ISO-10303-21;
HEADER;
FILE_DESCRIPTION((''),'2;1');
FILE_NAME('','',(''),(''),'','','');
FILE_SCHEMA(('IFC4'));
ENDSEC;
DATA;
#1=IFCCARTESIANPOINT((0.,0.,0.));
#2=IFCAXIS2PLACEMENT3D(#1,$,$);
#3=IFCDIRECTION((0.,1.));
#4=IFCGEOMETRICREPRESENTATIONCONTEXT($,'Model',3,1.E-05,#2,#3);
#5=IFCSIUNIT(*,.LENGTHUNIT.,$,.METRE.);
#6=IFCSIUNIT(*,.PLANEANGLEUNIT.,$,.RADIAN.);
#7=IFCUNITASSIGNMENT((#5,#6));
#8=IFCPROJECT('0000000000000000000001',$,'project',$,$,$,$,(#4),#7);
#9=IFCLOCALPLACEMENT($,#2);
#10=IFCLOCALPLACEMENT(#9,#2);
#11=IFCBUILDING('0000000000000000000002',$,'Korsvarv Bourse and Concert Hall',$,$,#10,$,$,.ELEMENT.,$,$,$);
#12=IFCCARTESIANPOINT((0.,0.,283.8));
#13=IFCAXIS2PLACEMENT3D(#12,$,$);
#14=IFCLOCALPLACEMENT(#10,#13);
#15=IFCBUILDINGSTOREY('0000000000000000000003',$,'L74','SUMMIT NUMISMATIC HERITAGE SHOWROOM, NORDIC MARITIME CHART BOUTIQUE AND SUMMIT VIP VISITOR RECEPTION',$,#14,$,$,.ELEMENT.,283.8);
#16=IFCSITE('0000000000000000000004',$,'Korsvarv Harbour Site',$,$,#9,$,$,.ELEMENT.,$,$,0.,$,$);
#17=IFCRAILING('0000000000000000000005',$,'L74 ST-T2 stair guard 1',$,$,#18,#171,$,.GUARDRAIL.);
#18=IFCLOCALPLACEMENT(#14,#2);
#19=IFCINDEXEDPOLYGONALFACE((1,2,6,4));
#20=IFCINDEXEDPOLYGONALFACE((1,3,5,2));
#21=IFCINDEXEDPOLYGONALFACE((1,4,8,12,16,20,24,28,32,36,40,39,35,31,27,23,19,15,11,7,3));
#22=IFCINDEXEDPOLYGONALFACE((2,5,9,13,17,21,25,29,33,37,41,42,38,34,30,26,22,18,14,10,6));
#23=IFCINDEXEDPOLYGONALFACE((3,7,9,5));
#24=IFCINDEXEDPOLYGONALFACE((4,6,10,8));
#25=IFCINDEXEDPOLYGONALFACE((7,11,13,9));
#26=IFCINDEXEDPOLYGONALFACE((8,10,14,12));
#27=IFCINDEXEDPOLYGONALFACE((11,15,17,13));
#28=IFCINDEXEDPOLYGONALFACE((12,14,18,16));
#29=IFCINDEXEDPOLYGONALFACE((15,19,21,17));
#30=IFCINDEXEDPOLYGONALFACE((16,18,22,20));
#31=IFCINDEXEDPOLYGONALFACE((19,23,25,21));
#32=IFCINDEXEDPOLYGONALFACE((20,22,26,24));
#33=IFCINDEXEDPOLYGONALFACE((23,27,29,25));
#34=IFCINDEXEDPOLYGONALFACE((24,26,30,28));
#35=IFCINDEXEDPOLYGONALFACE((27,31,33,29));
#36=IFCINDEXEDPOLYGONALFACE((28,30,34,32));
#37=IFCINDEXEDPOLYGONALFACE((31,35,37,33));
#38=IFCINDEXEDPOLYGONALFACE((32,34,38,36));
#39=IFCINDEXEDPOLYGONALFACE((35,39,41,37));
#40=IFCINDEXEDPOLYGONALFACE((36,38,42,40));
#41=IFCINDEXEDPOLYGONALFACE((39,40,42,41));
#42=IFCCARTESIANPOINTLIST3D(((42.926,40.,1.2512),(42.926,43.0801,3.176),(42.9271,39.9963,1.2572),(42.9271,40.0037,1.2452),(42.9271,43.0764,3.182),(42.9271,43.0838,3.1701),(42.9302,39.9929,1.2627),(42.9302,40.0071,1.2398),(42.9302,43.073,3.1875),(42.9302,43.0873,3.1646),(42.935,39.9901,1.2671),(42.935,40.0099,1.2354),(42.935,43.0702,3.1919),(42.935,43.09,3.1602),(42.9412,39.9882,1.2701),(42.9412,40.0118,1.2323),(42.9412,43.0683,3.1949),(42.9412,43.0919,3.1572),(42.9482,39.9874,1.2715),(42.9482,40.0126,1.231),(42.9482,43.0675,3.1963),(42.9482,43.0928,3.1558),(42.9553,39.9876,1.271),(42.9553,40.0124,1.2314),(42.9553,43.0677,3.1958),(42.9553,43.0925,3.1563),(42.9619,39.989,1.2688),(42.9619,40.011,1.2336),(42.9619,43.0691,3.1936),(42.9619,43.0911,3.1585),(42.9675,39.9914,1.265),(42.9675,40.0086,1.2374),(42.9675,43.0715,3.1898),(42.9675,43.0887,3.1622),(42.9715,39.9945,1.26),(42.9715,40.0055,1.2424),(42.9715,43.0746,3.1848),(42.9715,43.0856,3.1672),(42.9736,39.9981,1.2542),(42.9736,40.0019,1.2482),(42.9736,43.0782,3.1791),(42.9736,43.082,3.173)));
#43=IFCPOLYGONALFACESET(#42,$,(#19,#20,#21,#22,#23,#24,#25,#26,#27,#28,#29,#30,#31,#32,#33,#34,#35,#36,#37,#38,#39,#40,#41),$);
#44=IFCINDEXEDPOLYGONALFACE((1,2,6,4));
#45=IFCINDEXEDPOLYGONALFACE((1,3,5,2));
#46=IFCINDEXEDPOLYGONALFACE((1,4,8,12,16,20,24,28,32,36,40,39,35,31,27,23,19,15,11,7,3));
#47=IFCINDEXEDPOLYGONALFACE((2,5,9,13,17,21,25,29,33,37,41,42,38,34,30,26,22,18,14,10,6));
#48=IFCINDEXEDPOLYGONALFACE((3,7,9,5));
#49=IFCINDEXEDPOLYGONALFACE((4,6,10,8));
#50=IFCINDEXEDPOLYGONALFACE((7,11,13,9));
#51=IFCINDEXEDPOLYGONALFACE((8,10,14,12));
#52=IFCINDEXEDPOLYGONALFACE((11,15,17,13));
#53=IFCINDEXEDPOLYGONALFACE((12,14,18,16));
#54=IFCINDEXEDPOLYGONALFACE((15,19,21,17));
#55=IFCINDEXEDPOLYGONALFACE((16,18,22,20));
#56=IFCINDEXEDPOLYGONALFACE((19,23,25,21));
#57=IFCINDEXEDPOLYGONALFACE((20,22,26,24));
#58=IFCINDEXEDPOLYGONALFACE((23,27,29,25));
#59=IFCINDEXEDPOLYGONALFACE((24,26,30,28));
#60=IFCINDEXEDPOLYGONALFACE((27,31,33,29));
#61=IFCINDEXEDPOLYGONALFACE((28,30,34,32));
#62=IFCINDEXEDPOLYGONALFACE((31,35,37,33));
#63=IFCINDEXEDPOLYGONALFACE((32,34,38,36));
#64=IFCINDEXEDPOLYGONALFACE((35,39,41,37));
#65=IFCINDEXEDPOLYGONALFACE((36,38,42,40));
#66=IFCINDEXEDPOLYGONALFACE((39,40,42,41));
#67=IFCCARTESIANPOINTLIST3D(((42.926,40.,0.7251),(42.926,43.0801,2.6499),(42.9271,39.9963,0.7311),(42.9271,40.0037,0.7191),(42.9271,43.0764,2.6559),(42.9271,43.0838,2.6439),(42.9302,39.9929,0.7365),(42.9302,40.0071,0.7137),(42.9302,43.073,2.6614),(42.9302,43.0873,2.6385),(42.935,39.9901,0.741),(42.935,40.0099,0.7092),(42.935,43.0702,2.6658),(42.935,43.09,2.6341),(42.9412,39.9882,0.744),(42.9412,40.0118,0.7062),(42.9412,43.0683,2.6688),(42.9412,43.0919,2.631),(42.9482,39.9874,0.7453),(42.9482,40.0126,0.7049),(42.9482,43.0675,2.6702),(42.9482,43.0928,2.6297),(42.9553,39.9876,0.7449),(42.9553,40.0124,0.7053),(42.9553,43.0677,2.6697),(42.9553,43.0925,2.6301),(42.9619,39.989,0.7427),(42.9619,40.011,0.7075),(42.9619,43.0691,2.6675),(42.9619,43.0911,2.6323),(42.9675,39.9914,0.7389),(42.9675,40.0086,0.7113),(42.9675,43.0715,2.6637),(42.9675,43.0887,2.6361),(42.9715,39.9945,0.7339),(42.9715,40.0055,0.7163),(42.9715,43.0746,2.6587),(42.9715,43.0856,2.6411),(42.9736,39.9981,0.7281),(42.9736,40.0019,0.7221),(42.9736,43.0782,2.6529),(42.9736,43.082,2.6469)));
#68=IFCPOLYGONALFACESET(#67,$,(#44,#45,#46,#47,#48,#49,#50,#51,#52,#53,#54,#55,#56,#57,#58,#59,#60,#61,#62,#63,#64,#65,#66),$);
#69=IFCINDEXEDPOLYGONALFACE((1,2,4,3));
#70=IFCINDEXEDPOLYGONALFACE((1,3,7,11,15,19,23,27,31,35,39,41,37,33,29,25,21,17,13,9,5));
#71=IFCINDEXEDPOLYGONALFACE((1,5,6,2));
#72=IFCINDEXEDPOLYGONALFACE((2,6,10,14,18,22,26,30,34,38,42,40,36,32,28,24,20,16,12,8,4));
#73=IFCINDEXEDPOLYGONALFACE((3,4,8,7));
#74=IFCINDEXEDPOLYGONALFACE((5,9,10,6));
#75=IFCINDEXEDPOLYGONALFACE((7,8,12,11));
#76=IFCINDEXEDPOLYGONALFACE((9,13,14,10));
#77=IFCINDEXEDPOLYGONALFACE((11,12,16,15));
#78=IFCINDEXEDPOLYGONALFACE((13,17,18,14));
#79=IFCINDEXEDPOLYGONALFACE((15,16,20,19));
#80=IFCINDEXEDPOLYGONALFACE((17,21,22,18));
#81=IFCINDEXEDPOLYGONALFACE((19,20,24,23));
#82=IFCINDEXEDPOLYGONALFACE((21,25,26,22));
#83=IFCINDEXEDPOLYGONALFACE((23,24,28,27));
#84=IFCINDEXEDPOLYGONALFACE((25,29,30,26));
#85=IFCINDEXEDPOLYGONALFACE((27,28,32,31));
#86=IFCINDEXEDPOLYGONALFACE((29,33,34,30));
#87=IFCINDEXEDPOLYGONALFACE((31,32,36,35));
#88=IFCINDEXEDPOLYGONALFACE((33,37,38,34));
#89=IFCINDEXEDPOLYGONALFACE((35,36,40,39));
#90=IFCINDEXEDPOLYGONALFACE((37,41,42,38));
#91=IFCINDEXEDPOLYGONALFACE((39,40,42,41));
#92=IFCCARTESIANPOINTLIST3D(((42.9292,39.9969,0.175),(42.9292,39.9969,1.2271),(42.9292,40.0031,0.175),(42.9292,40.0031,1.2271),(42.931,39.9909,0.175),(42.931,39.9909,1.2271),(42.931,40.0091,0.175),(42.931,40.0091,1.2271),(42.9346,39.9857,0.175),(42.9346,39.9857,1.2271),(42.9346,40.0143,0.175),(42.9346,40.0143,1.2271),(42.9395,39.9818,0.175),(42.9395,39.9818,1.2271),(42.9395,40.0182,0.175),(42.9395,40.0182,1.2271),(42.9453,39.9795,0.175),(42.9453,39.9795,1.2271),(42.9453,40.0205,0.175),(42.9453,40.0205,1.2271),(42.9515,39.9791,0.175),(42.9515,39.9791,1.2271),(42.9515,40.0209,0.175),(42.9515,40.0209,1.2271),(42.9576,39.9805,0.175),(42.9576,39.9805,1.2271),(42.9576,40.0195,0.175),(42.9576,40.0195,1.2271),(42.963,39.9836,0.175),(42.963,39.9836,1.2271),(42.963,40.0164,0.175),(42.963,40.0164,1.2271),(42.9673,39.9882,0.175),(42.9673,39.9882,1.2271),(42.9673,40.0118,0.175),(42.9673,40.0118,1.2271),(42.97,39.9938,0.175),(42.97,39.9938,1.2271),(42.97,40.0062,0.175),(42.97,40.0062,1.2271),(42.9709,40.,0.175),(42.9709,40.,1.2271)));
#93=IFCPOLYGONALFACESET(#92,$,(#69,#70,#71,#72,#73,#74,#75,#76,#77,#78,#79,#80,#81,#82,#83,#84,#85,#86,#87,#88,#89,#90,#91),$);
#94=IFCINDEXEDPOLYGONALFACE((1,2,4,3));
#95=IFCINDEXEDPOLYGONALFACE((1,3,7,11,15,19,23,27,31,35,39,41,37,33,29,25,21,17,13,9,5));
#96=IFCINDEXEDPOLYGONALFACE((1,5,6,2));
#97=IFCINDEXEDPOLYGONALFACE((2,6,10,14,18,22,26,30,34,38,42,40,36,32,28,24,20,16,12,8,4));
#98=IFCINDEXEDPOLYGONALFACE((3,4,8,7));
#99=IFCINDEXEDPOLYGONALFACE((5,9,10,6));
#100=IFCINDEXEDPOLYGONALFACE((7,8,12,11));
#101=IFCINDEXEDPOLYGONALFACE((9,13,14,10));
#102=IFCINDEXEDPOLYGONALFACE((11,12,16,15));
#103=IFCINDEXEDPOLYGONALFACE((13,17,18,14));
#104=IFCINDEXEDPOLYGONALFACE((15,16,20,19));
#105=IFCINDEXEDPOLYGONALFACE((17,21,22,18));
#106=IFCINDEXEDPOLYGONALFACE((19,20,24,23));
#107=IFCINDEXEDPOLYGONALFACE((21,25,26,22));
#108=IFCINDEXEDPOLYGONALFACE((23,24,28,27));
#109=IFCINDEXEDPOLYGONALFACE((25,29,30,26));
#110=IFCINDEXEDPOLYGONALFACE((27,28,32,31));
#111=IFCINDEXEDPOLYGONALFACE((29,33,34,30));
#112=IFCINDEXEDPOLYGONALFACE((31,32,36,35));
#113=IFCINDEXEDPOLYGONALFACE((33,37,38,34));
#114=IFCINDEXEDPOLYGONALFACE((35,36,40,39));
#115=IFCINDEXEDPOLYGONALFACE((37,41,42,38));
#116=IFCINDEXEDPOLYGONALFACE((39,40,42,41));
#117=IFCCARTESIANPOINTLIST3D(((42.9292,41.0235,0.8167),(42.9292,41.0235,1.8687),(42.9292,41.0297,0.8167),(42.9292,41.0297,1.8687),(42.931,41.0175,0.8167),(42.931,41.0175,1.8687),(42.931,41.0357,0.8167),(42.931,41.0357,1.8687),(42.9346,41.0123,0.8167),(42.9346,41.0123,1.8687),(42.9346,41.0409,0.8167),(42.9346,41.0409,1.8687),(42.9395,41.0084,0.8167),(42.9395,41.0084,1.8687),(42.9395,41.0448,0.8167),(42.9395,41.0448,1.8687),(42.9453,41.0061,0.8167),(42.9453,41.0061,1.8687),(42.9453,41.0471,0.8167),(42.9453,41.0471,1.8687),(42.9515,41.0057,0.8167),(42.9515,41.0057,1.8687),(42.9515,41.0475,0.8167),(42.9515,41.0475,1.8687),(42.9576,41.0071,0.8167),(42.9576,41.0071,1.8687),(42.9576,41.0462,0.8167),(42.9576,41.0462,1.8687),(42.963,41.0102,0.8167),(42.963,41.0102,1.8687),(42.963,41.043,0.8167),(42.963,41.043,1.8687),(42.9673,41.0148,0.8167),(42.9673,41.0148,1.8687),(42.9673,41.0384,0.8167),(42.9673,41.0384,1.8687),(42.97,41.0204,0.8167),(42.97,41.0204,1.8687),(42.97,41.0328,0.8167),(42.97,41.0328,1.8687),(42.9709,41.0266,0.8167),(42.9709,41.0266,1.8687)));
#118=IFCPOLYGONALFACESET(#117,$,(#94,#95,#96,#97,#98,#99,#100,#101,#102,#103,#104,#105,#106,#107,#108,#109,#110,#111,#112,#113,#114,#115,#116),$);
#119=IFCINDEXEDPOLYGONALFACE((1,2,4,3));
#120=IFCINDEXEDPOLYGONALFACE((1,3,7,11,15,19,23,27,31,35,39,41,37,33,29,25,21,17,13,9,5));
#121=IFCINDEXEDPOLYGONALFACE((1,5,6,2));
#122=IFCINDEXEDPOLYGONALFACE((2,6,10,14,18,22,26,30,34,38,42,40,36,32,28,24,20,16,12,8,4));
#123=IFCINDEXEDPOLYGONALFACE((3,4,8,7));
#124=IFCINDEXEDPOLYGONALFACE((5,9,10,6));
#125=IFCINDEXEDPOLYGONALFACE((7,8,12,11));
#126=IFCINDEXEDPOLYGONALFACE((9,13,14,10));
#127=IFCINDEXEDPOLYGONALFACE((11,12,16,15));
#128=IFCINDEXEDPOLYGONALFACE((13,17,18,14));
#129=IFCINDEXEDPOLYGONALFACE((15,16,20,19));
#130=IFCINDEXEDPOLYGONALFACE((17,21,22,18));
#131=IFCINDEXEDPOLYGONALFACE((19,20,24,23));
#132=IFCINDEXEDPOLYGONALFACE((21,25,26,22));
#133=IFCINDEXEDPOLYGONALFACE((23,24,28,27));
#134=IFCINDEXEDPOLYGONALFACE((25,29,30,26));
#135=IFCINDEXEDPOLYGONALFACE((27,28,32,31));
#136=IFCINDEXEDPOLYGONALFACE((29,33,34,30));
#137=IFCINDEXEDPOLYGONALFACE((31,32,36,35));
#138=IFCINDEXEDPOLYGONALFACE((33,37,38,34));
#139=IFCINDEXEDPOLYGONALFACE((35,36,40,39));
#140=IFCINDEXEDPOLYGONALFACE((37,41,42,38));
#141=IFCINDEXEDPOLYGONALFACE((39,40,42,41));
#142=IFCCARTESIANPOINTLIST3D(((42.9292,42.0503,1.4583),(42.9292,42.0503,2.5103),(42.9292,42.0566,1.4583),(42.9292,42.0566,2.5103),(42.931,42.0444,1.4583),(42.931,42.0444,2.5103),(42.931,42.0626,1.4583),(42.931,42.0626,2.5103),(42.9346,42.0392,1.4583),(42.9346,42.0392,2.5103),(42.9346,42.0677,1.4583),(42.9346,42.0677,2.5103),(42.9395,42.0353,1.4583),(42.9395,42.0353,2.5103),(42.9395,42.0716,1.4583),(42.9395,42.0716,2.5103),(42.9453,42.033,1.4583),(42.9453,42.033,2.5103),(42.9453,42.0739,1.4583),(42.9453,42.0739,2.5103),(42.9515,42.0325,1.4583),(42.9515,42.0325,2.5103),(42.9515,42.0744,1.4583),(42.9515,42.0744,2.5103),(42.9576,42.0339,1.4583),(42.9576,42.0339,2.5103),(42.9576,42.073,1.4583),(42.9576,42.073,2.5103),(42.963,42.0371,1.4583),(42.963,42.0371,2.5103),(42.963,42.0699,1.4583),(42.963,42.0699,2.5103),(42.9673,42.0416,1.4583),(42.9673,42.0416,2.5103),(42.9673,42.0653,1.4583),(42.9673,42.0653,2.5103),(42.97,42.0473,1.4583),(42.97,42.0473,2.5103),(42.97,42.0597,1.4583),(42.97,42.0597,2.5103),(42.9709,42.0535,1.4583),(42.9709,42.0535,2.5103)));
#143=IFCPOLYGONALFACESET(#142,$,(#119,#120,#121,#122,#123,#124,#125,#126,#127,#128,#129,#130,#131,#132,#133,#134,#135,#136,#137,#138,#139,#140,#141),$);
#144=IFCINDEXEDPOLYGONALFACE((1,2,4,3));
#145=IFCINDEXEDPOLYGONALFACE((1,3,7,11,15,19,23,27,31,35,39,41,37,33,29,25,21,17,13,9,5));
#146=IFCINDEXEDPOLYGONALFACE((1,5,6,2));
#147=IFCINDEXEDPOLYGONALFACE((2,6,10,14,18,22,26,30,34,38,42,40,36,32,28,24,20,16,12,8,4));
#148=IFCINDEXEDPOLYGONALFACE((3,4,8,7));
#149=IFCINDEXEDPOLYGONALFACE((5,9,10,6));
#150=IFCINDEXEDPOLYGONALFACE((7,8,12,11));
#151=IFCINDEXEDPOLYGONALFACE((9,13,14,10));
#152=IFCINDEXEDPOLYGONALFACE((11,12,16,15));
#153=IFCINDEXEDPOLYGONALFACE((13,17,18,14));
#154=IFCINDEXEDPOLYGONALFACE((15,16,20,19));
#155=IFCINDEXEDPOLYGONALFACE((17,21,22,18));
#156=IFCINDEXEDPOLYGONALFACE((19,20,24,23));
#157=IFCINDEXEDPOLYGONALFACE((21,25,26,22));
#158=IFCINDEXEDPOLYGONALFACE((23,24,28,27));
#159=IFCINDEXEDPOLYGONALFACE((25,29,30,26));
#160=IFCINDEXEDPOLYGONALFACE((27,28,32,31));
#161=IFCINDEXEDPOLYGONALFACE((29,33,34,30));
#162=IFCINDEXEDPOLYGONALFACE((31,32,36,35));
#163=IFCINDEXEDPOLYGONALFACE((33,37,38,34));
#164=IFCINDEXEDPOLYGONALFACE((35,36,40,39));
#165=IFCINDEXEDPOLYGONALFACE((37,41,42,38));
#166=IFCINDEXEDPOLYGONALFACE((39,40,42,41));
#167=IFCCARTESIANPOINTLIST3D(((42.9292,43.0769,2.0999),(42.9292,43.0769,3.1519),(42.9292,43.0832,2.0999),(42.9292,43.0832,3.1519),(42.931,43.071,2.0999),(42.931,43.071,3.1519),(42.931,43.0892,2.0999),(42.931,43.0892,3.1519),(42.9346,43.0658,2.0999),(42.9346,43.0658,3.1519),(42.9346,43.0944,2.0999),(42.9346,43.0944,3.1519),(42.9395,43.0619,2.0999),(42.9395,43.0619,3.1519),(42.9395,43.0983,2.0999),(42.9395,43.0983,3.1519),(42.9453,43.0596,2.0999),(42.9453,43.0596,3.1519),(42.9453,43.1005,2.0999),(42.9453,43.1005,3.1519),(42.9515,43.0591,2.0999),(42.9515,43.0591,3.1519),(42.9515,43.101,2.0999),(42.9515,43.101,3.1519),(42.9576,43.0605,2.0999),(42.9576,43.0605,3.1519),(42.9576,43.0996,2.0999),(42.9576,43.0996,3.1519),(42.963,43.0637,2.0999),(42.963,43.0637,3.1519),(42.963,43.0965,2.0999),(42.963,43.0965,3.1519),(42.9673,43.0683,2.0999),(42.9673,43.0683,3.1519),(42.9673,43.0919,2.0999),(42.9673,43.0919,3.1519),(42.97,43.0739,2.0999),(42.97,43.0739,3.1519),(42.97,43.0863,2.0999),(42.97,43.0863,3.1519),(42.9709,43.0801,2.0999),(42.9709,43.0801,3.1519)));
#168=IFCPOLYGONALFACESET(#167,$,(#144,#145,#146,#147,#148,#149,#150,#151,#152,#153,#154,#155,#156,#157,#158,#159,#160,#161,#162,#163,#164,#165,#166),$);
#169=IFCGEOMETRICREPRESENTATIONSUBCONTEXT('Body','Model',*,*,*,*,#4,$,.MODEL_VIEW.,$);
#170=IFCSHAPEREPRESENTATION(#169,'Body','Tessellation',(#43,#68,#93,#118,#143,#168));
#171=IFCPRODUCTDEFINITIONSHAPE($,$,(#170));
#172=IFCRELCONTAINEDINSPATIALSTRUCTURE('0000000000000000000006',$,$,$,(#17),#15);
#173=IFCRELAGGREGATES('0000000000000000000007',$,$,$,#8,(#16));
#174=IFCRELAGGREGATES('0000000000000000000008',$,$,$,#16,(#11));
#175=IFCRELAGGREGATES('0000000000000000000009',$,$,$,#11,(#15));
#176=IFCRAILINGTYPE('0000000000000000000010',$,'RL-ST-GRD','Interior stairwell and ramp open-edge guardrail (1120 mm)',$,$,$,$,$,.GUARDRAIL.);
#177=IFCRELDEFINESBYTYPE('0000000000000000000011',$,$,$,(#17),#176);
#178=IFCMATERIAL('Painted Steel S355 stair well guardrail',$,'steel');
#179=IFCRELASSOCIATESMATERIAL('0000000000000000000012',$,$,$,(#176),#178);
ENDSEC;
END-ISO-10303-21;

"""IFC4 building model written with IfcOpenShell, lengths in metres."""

from ifc_helpers import new_model, si_unit, direction, frame, origin, origin_2d, place, context, subcontext, project, spatial, circle, extrude, material, type_object, element, save


model = new_model("IFC4")

# Units and contexts
model_context = context("Model", 3, precision=1e-05, world=origin(), true_north=direction((0.0, 1.0)))
body_context = subcontext(model_context, "Body", "Model", "MODEL_VIEW")
ifc_project = project(units=[si_unit("LENGTHUNIT", "METRE"), si_unit("PLANEANGLEUNIT", "RADIAN")], contexts=[model_context])

# Site, building, storey
site_placement = place(None, origin())
site = spatial("IfcSite", under=ifc_project, at=site_placement, Name="Korsvarv Harbour Site", CompositionType="ELEMENT", RefElevation=0.0)
building_placement = place(site_placement, origin())
building = spatial("IfcBuilding", under=site, at=building_placement, Name="Korsvarv Bourse and Concert Hall", CompositionType="ELEMENT")
storey_placement = place(building_placement, frame((0.0, 0.0, 283.8)))
storey = spatial("IfcBuildingStorey", under=building, at=storey_placement, Name="L74", Description="SUMMIT NUMISMATIC HERITAGE SHOWROOM, NORDIC MARITIME CHART BOUTIQUE AND SUMMIT VIP VISITOR RECEPTION", CompositionType="ELEMENT", Elevation=283.8)

# Railing
ifc_material_1 = material(Name="Painted Steel S355 stair well guardrail", Category="steel")
railing_type_1 = type_object("IfcRailingType", Name="RL-ST-GRD", Description="Interior stairwell and ramp open-edge guardrail (1120 mm)", PredefinedType="GUARDRAIL", material=ifc_material_1)
railing_1_placement = place(storey_placement, frame((42.95, 40.0, 0.175)))
element("IfcRailing", 1, at=railing_1_placement, inside=storey, type_object=railing_type_1, Name="L74 ST-T2 stair guard 1", PredefinedType="GUARDRAIL", context=body_context, shape_type="SweptSolid", body=[
    extrude(circle(Radius=0.0239, at=origin_2d()), frame((0.0, 0.0, 1.0762), z_axis=(0.0, 0.848029, 0.529951), x_axis=(-1.0, 0.0, 0.0)), (0.0, 0.0, 1.0), 3.6321),
    extrude(circle(Radius=0.0239, at=origin_2d()), frame((0.0, 0.0, 0.55), z_axis=(0.0, 0.848029, 0.529951), x_axis=(-1.0, 0.0, 0.0)), (0.0, 0.0, 1.0), 3.6321),
    extrude(circle(Radius=0.021, at=origin_2d()), origin(), (0.0, 0.0, 1.0), 1.052),
    extrude(circle(Radius=0.021, at=origin_2d()), frame((0.0, 1.0266, 0.6416)), (0.0, 0.0, 1.0), 1.052),
    extrude(circle(Radius=0.021, at=origin_2d()), frame((0.0, 2.0535, 1.2832)), (0.0, 0.0, 1.0), 1.052),
    extrude(circle(Radius=0.021, at=origin_2d()), frame((0.0, 3.0801, 1.9248)), (0.0, 0.0, 1.0), 1.052),
])

save(model, "model.ifc")
